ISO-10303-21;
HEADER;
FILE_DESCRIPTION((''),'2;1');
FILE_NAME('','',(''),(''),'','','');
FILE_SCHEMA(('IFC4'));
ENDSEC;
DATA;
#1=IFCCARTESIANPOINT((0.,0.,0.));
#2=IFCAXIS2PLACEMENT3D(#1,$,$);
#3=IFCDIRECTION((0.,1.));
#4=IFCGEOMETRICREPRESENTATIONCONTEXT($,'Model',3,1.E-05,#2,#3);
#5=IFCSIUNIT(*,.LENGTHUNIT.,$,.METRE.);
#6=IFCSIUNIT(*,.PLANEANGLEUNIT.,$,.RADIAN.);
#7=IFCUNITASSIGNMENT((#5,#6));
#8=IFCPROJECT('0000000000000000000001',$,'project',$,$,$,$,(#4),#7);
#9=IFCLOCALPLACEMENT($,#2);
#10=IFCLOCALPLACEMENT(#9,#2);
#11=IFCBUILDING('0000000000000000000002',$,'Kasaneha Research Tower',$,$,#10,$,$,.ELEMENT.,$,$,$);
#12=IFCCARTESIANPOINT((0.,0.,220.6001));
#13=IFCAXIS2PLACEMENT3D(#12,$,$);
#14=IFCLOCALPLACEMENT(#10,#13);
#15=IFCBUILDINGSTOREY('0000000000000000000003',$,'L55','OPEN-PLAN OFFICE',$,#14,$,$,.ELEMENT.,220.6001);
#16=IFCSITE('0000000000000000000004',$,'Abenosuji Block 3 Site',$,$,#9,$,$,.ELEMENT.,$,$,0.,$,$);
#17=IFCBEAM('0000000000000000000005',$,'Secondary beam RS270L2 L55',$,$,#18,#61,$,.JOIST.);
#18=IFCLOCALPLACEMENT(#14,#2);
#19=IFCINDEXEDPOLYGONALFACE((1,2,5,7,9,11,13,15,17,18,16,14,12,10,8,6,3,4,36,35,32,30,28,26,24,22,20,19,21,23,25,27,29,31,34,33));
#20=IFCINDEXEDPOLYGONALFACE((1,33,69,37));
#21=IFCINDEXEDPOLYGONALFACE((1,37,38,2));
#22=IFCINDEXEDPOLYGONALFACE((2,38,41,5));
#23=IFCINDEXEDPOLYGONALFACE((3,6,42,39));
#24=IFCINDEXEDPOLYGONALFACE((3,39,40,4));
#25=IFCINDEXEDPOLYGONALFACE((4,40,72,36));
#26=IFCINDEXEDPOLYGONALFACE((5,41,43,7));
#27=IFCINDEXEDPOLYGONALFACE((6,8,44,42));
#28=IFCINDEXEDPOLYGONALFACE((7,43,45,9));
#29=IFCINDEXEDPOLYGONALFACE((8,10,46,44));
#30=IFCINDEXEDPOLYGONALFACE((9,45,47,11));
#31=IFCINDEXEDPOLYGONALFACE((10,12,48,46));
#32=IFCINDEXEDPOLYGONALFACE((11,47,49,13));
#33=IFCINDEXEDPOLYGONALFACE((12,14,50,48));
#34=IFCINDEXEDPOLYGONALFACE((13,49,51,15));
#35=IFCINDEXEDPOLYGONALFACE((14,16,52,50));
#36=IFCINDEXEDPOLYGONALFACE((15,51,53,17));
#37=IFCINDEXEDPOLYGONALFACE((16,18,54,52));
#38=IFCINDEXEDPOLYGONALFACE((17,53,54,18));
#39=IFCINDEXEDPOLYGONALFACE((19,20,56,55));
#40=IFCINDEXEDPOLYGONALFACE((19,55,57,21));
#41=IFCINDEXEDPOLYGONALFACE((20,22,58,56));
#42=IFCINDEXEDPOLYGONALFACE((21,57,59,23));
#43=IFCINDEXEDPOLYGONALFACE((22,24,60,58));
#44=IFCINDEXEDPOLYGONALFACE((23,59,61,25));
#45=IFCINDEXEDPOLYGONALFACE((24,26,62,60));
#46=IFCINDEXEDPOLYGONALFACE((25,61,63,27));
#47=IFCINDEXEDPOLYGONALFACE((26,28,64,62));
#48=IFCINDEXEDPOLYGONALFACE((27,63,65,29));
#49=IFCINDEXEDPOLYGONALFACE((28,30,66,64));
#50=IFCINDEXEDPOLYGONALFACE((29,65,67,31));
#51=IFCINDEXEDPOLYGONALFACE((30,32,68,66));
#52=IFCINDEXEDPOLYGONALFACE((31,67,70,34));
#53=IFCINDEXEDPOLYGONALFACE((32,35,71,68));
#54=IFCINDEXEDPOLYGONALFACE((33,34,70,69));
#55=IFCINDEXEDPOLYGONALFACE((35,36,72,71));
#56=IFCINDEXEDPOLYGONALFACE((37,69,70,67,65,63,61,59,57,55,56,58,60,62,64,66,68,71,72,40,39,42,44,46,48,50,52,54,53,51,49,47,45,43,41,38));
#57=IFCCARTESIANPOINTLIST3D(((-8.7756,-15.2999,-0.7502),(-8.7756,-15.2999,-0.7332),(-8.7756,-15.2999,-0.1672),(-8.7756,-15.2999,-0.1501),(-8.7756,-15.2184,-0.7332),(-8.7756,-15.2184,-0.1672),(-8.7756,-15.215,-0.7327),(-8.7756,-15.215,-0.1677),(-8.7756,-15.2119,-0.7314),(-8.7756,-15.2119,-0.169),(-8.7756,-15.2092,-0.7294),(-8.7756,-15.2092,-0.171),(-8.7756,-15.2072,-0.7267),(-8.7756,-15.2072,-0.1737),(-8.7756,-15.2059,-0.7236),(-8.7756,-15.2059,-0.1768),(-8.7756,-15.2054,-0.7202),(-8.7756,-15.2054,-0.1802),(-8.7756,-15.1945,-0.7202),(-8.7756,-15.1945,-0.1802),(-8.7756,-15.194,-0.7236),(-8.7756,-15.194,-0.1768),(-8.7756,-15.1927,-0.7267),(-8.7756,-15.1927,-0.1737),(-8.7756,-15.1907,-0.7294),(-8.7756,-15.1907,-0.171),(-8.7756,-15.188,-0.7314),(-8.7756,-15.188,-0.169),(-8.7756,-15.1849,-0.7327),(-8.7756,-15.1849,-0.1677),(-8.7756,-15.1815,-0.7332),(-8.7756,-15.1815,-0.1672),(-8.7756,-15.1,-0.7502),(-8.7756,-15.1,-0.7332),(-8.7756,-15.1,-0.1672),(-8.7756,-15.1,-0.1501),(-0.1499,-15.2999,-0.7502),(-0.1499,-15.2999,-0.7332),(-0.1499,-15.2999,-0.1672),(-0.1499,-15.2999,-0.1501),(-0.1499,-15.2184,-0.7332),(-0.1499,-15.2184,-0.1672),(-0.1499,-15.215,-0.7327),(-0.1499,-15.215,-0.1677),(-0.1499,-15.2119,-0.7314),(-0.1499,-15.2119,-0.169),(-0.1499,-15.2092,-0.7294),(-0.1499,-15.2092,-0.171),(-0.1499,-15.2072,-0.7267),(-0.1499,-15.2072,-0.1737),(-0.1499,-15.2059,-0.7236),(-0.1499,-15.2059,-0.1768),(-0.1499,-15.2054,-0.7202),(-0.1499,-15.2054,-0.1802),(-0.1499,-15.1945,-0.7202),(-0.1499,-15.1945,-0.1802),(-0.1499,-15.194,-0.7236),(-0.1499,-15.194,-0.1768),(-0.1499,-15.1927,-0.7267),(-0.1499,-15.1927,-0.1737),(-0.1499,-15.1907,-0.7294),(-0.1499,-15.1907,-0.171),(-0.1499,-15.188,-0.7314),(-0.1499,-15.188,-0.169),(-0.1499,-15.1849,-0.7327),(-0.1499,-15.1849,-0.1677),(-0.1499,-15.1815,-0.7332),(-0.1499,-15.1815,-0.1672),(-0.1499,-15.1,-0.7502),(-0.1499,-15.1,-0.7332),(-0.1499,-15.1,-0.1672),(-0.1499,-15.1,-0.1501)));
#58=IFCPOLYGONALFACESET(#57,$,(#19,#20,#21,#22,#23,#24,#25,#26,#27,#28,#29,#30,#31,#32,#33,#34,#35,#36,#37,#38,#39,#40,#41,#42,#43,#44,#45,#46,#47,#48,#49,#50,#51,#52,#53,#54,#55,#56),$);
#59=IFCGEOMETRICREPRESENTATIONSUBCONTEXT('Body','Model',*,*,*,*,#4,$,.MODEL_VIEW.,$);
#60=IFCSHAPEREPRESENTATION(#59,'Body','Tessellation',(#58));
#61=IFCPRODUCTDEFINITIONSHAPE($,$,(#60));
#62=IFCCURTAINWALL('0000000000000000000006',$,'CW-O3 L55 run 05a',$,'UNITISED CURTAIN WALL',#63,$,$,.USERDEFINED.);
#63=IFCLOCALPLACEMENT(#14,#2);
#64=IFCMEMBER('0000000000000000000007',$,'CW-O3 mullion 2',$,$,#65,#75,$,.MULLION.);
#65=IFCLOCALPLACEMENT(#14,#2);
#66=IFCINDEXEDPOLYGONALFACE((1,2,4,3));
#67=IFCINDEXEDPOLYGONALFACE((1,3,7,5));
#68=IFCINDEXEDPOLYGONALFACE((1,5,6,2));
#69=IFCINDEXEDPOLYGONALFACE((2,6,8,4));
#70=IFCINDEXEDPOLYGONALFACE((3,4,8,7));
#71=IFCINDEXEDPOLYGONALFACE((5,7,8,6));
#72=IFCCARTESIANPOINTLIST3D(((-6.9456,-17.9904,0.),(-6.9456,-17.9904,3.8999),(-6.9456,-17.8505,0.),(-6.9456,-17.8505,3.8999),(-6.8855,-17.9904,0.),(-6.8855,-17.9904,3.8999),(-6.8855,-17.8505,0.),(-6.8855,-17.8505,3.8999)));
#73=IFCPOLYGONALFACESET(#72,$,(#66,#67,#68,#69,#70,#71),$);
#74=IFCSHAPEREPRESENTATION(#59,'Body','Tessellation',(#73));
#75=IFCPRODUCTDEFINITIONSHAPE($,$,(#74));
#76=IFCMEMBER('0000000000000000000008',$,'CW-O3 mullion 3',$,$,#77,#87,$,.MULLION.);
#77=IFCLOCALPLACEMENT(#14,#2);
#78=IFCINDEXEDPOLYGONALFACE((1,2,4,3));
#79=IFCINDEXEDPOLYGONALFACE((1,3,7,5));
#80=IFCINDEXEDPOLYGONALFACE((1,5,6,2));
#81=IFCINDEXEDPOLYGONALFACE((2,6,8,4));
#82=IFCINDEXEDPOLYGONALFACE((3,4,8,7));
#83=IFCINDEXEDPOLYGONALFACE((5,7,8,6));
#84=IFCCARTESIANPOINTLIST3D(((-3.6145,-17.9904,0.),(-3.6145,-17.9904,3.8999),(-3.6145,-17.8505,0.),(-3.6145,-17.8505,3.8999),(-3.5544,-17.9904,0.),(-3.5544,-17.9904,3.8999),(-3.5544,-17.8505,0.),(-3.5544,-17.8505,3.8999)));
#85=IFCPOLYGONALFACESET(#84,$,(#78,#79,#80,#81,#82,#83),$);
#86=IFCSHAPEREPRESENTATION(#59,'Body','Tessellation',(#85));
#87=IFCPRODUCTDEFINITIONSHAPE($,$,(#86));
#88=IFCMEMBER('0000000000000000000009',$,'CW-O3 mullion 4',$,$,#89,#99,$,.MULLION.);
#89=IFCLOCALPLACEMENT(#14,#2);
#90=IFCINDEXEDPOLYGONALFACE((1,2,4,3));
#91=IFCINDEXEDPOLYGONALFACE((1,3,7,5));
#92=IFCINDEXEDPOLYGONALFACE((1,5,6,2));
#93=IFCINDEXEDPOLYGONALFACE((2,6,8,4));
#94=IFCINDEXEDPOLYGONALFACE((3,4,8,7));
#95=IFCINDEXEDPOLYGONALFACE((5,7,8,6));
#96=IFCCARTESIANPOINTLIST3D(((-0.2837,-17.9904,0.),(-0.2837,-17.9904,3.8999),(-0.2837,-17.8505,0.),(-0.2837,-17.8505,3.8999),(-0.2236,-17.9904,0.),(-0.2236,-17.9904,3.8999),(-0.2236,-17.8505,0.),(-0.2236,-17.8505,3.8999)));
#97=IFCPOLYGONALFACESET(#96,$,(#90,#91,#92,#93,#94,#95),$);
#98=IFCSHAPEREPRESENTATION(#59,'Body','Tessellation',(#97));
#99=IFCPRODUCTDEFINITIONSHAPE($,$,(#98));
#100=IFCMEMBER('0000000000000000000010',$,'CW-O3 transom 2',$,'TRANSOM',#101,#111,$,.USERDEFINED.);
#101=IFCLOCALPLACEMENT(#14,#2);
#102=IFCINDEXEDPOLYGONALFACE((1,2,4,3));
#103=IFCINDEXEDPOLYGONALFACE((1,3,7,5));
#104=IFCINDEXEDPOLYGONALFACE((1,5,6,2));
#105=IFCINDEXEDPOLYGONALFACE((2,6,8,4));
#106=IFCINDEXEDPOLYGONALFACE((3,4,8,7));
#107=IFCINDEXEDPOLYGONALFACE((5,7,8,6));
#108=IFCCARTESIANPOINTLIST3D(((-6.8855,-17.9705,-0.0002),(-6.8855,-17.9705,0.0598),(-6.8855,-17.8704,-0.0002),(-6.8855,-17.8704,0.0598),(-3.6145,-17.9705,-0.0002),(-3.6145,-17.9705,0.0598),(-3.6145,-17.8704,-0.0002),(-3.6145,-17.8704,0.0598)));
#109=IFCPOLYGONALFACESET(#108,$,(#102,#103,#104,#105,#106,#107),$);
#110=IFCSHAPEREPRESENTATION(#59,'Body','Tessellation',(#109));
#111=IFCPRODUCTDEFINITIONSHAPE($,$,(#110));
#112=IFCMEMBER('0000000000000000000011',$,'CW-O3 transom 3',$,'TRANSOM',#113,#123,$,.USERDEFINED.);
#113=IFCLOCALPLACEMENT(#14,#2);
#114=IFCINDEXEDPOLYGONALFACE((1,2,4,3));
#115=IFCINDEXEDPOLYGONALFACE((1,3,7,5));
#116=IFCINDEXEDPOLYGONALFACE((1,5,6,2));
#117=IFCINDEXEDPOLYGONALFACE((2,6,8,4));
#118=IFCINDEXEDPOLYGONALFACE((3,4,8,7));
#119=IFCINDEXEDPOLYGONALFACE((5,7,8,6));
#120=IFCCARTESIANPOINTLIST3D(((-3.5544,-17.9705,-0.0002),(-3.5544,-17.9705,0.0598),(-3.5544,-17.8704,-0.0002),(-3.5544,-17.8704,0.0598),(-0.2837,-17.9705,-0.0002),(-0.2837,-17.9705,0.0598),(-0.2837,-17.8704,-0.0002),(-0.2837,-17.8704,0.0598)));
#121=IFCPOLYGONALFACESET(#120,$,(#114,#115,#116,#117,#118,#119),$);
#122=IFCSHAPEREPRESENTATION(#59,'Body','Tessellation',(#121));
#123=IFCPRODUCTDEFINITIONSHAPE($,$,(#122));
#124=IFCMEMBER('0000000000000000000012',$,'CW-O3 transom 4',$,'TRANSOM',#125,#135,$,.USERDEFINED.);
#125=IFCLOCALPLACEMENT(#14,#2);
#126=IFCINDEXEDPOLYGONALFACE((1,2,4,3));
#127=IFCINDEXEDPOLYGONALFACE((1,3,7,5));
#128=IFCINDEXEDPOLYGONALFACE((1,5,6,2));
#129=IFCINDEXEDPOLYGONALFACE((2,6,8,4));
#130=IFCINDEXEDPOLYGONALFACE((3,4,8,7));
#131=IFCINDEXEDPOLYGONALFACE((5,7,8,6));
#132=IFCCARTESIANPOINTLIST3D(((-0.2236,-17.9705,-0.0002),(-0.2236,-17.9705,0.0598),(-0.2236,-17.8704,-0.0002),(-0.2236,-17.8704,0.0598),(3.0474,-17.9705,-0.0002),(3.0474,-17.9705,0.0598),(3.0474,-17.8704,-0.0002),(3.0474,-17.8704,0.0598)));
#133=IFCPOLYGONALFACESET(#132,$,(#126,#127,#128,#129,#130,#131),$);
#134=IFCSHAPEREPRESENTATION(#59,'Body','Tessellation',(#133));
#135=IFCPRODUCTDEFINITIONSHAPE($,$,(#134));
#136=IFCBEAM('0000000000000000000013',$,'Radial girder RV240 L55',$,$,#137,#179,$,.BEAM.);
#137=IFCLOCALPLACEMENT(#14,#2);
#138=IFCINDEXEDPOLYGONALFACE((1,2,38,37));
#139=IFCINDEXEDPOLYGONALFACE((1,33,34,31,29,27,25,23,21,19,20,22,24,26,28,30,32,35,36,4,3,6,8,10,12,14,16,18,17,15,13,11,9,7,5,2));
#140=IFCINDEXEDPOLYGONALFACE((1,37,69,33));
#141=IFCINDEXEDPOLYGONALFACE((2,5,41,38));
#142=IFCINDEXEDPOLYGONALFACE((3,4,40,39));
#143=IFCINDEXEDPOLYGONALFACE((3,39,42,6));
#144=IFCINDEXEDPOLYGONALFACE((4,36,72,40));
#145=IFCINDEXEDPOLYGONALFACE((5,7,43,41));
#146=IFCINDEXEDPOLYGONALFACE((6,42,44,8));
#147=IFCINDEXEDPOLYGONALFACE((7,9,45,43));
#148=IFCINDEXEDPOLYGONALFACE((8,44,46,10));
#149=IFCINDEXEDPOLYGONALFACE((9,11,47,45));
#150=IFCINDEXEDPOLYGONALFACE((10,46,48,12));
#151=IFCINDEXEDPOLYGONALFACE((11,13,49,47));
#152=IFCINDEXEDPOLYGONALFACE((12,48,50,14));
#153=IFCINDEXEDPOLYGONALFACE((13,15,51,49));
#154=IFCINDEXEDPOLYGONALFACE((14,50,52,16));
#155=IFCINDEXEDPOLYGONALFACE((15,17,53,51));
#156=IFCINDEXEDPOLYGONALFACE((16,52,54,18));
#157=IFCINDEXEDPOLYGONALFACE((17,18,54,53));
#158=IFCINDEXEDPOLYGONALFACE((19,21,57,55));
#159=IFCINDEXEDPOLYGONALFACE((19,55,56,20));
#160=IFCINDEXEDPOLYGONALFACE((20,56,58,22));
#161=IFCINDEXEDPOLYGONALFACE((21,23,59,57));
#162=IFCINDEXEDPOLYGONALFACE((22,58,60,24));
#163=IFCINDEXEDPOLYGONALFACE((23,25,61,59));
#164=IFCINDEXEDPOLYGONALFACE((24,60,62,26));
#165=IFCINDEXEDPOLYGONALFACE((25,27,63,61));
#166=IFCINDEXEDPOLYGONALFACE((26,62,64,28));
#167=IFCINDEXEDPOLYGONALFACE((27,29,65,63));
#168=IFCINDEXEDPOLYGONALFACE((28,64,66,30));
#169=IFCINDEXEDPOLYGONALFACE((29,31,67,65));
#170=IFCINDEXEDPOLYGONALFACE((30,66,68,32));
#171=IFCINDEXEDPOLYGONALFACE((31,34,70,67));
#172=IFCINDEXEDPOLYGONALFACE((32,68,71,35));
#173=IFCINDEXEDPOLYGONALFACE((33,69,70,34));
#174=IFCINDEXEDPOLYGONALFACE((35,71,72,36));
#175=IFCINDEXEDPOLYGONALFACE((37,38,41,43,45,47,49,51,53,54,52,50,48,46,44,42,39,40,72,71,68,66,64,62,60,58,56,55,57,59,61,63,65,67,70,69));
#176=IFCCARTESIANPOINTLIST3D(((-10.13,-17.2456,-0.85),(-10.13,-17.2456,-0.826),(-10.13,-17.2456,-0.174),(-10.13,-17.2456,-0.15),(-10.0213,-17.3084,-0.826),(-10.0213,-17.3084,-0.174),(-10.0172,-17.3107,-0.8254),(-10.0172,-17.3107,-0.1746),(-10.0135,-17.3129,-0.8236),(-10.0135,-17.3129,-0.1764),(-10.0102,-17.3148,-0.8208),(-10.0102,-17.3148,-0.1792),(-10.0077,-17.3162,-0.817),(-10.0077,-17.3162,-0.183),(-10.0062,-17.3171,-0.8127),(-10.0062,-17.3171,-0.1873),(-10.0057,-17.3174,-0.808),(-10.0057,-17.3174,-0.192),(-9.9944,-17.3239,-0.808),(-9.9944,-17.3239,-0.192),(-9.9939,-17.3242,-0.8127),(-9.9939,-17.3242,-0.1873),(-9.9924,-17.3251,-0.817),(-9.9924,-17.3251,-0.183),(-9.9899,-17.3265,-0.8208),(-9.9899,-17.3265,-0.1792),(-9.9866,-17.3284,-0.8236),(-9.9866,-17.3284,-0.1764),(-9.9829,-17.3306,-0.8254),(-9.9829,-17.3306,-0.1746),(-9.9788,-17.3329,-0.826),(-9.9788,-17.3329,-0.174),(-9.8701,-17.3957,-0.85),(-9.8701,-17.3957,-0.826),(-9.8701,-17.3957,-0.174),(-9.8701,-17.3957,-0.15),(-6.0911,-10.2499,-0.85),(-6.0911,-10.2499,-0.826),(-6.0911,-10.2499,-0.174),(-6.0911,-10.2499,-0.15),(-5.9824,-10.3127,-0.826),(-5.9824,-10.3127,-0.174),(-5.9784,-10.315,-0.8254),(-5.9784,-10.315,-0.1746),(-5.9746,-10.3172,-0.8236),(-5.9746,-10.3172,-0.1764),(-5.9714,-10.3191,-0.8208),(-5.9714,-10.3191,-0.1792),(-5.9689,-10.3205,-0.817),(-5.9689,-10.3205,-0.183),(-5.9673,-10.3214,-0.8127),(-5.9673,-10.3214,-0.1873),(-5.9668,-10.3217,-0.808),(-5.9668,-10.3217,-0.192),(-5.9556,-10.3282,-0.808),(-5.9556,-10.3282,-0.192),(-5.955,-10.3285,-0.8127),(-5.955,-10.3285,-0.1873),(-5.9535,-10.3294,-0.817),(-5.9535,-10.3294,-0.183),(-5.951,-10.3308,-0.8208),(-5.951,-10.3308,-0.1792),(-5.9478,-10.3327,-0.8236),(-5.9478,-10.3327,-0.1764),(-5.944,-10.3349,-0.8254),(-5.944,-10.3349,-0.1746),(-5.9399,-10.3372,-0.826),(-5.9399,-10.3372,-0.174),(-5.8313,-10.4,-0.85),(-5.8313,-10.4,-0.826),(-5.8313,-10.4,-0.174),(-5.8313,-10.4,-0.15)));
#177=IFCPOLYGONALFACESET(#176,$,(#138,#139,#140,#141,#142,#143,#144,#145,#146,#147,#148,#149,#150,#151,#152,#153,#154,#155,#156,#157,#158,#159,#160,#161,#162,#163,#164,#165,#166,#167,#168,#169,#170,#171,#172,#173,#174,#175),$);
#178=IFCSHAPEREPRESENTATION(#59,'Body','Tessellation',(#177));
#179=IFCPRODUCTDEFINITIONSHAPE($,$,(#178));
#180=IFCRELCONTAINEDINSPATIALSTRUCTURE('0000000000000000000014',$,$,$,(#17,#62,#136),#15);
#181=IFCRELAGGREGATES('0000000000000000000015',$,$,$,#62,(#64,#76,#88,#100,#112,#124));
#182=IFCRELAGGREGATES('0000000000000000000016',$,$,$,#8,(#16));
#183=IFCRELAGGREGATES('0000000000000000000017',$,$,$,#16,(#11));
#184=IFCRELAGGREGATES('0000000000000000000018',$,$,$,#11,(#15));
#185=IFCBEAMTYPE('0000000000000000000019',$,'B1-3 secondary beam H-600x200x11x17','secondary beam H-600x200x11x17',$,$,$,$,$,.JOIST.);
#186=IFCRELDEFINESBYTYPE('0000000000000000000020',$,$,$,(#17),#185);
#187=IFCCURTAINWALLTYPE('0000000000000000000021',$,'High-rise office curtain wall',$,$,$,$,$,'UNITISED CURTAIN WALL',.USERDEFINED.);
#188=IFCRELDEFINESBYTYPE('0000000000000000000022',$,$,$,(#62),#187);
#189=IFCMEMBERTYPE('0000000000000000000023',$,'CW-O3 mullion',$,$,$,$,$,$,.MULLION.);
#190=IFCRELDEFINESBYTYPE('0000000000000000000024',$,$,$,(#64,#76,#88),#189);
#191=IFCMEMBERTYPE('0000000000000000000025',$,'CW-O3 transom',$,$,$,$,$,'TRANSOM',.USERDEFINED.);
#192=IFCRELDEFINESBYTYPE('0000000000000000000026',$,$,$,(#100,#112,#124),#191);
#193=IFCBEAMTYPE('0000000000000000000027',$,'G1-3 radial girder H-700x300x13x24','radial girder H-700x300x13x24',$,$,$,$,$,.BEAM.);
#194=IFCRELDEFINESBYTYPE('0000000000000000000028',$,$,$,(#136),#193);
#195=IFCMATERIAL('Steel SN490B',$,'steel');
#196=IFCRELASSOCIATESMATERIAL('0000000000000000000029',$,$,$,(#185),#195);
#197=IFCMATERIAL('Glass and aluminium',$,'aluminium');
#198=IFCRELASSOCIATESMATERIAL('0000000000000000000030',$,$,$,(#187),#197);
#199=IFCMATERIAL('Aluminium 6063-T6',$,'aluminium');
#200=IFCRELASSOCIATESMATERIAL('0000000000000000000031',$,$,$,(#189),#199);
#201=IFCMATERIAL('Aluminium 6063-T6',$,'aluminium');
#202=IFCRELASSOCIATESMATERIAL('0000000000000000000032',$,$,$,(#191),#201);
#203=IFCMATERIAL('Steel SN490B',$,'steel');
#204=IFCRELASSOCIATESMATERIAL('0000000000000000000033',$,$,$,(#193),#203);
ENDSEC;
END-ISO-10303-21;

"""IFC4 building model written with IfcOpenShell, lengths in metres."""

from ifc_helpers import new_model, si_unit, direction, frame, origin, origin_2d, place, context, subcontext, project, spatial, rectangle, i_section, extrude, material, material_profile, profile_set, type_object, element, aggregate, save


model = new_model("IFC4")

# Units and contexts
model_context = context("Model", 3, precision=1e-05, world=origin(), true_north=direction((0.0, 1.0)))
body_context = subcontext(model_context, "Body", "Model", "MODEL_VIEW")
ifc_project = project(units=[si_unit("LENGTHUNIT", "METRE"), si_unit("PLANEANGLEUNIT", "RADIAN")], contexts=[model_context])

# Site, building, storey
site_placement = place(None, origin())
site = spatial("IfcSite", under=ifc_project, at=site_placement, Name="Abenosuji Block 3 Site", CompositionType="ELEMENT", RefElevation=0.0)
building_placement = place(site_placement, origin())
building = spatial("IfcBuilding", under=site, at=building_placement, Name="Kasaneha Research Tower", CompositionType="ELEMENT")
storey_placement = place(building_placement, frame((0.0, 0.0, 220.6001)))
storey = spatial("IfcBuildingStorey", under=building, at=storey_placement, Name="L55", Description="OPEN-PLAN OFFICE", CompositionType="ELEMENT", Elevation=220.6001)

# Beam
ifc_material_1 = material(Name="Steel SN490B", Category="steel")
ifc_material_profile_1 = material_profile(ifc_material_1, i_section(OverallWidth=0.2, OverallDepth=0.6001, WebThickness=0.011, FlangeThickness=0.0171, FilletRadius=0.0129, at=origin_2d()), Name="H-600x200x11x17")
ifc_profile_set_1 = profile_set([ifc_material_profile_1], Name="Steel SN490B")
beam_type_1 = type_object("IfcBeamType", Name="B1-3 secondary beam H-600x200x11x17", Description="secondary beam H-600x200x11x17", PredefinedType="JOIST", material=ifc_profile_set_1)
beam_1_placement = place(storey_placement, frame((-8.7756, -15.2, -0.4502), z_axis=(1.0, 0.0, 0.0), x_axis=(0.0, 1.0, 0.0)))
element("IfcBeam", 1, at=beam_1_placement, inside=storey, type_object=beam_type_1, Name="Secondary beam RS270L2 L55", PredefinedType="JOIST", context=body_context, shape_type="SweptSolid", body=[
    extrude(i_section(OverallWidth=0.2, OverallDepth=0.6001, WebThickness=0.011, FlangeThickness=0.0171, FilletRadius=0.0129, at=origin_2d()), origin(), (0.0, 0.0, 1.0), 8.6257),
])

# Curtain wall, members
ifc_material_2 = material(Name="Glass and aluminium", Category="aluminium")
curtain_wall_type = type_object("IfcCurtainWallType", Name="High-rise office curtain wall", ElementType="UNITISED CURTAIN WALL", PredefinedType="USERDEFINED", material=ifc_material_2)
curtain_wall_placement = place(storey_placement, origin())
curtain_wall = element("IfcCurtainWall", 2, at=curtain_wall_placement, inside=storey, type_object=curtain_wall_type, Name="CW-O3 L55 run 05a", ObjectType="UNITISED CURTAIN WALL", PredefinedType="USERDEFINED")
ifc_material_3 = material(Name="Aluminium 6063-T6", Category="aluminium")
ifc_material_profile_2 = material_profile(ifc_material_3, rectangle(XDim=0.0601, YDim=0.1399, at=origin_2d()), Name="CW-O3 mullion 60x140")
ifc_profile_set_2 = profile_set([ifc_material_profile_2], Name="Aluminium 6063-T6")
member_type_1 = type_object("IfcMemberType", Name="CW-O3 mullion", PredefinedType="MULLION", material=ifc_profile_set_2)
member_1_placement = place(storey_placement, frame((-6.9155, -17.9204, 0.0), z_axis=(0.0, 0.0, 1.0), x_axis=(1.0, 0.0, 0.0)))
member_1 = element("IfcMember", 3, at=member_1_placement, type_object=member_type_1, Name="CW-O3 mullion 2", PredefinedType="MULLION", context=body_context, shape_type="SweptSolid", body=[
    extrude(rectangle(XDim=0.0601, YDim=0.1399, at=origin_2d()), origin(), (0.0, 0.0, 1.0), 3.8999),
])
member_2_placement = place(storey_placement, frame((-3.5845, -17.9204, 0.0), z_axis=(0.0, 0.0, 1.0), x_axis=(1.0, 0.0, 0.0)))
member_2 = element("IfcMember", 4, at=member_2_placement, type_object=member_type_1, Name="CW-O3 mullion 3", PredefinedType="MULLION", context=body_context, shape_type="SweptSolid", body=[
    extrude(rectangle(XDim=0.0601, YDim=0.1399, at=origin_2d()), origin(), (0.0, 0.0, 1.0), 3.8999),
])
member_3_placement = place(storey_placement, frame((-0.2537, -17.9204, 0.0), z_axis=(0.0, 0.0, 1.0), x_axis=(1.0, 0.0, 0.0)))
member_3 = element("IfcMember", 5, at=member_3_placement, type_object=member_type_1, Name="CW-O3 mullion 4", PredefinedType="MULLION", context=body_context, shape_type="SweptSolid", body=[
    extrude(rectangle(XDim=0.0601, YDim=0.1399, at=origin_2d()), origin(), (0.0, 0.0, 1.0), 3.8999),
])
ifc_material_4 = material(Name="Aluminium 6063-T6", Category="aluminium")
ifc_material_profile_3 = material_profile(ifc_material_4, rectangle(XDim=0.1001, YDim=0.0601, at=origin_2d()), Name="CW-O3 transom 100x60")
ifc_profile_set_3 = profile_set([ifc_material_profile_3], Name="Aluminium 6063-T6")
member_type_2 = type_object("IfcMemberType", Name="CW-O3 transom", ElementType="TRANSOM", PredefinedType="USERDEFINED", material=ifc_profile_set_3)
member_4_placement = place(storey_placement, frame((-6.8855, -17.9204, 0.0298), z_axis=(1.0, 0.0, 0.0), x_axis=(0.0, 1.0, 0.0)))
member_4 = element("IfcMember", 6, at=member_4_placement, type_object=member_type_2, Name="CW-O3 transom 2", ObjectType="TRANSOM", PredefinedType="USERDEFINED", context=body_context, shape_type="SweptSolid", body=[
    extrude(rectangle(XDim=0.1001, YDim=0.0601, at=origin_2d()), origin(), (0.0, 0.0, 1.0), 3.271),
])
member_5_placement = place(storey_placement, frame((-3.5544, -17.9204, 0.0298), z_axis=(1.0, 0.0, 0.0), x_axis=(0.0, 1.0, 0.0)))
member_5 = element("IfcMember", 7, at=member_5_placement, type_object=member_type_2, Name="CW-O3 transom 3", ObjectType="TRANSOM", PredefinedType="USERDEFINED", context=body_context, shape_type="SweptSolid", body=[
    extrude(rectangle(XDim=0.1001, YDim=0.0601, at=origin_2d()), origin(), (0.0, 0.0, 1.0), 3.2708),
])
member_6_placement = place(storey_placement, frame((-0.2236, -17.9204, 0.0298), z_axis=(1.0, 0.0, 0.0), x_axis=(0.0, 1.0, 0.0)))
member_6 = element("IfcMember", 8, at=member_6_placement, type_object=member_type_2, Name="CW-O3 transom 4", ObjectType="TRANSOM", PredefinedType="USERDEFINED", context=body_context, shape_type="SweptSolid", body=[
    extrude(rectangle(XDim=0.1001, YDim=0.0601, at=origin_2d()), origin(), (0.0, 0.0, 1.0), 3.271),
])

# Beam
ifc_material_5 = material(Name="Steel SN490B", Category="steel")
ifc_material_profile_4 = material_profile(ifc_material_5, i_section(OverallWidth=0.3, OverallDepth=0.7, WebThickness=0.0129, FlangeThickness=0.0239, FilletRadius=0.0181, at=origin_2d()), Name="H-700x300x13x24")
ifc_profile_set_4 = profile_set([ifc_material_profile_4], Name="Steel SN490B")
beam_type_2 = type_object("IfcBeamType", Name="G1-3 radial girder H-700x300x13x24", Description="radial girder H-700x300x13x24", PredefinedType="BEAM", material=ifc_profile_set_4)
beam_2_placement = place(storey_placement, frame((-5.9612, -10.325, -0.5), z_axis=(-0.499991, -0.866031, 0.0), x_axis=(0.866031, -0.499991, 0.0)))
element("IfcBeam", 9, at=beam_2_placement, inside=storey, type_object=beam_type_2, Name="Radial girder RV240 L55", PredefinedType="BEAM", context=body_context, shape_type="SweptSolid", body=[
    extrude(i_section(OverallWidth=0.3, OverallDepth=0.7, WebThickness=0.0129, FlangeThickness=0.0239, FilletRadius=0.0181, at=origin_2d()), origin(), (0.0, 0.0, 1.0), 8.0779),
])

aggregate(curtain_wall, [member_1, member_2, member_3, member_4, member_5, member_6])

save(model, "model.ifc")
